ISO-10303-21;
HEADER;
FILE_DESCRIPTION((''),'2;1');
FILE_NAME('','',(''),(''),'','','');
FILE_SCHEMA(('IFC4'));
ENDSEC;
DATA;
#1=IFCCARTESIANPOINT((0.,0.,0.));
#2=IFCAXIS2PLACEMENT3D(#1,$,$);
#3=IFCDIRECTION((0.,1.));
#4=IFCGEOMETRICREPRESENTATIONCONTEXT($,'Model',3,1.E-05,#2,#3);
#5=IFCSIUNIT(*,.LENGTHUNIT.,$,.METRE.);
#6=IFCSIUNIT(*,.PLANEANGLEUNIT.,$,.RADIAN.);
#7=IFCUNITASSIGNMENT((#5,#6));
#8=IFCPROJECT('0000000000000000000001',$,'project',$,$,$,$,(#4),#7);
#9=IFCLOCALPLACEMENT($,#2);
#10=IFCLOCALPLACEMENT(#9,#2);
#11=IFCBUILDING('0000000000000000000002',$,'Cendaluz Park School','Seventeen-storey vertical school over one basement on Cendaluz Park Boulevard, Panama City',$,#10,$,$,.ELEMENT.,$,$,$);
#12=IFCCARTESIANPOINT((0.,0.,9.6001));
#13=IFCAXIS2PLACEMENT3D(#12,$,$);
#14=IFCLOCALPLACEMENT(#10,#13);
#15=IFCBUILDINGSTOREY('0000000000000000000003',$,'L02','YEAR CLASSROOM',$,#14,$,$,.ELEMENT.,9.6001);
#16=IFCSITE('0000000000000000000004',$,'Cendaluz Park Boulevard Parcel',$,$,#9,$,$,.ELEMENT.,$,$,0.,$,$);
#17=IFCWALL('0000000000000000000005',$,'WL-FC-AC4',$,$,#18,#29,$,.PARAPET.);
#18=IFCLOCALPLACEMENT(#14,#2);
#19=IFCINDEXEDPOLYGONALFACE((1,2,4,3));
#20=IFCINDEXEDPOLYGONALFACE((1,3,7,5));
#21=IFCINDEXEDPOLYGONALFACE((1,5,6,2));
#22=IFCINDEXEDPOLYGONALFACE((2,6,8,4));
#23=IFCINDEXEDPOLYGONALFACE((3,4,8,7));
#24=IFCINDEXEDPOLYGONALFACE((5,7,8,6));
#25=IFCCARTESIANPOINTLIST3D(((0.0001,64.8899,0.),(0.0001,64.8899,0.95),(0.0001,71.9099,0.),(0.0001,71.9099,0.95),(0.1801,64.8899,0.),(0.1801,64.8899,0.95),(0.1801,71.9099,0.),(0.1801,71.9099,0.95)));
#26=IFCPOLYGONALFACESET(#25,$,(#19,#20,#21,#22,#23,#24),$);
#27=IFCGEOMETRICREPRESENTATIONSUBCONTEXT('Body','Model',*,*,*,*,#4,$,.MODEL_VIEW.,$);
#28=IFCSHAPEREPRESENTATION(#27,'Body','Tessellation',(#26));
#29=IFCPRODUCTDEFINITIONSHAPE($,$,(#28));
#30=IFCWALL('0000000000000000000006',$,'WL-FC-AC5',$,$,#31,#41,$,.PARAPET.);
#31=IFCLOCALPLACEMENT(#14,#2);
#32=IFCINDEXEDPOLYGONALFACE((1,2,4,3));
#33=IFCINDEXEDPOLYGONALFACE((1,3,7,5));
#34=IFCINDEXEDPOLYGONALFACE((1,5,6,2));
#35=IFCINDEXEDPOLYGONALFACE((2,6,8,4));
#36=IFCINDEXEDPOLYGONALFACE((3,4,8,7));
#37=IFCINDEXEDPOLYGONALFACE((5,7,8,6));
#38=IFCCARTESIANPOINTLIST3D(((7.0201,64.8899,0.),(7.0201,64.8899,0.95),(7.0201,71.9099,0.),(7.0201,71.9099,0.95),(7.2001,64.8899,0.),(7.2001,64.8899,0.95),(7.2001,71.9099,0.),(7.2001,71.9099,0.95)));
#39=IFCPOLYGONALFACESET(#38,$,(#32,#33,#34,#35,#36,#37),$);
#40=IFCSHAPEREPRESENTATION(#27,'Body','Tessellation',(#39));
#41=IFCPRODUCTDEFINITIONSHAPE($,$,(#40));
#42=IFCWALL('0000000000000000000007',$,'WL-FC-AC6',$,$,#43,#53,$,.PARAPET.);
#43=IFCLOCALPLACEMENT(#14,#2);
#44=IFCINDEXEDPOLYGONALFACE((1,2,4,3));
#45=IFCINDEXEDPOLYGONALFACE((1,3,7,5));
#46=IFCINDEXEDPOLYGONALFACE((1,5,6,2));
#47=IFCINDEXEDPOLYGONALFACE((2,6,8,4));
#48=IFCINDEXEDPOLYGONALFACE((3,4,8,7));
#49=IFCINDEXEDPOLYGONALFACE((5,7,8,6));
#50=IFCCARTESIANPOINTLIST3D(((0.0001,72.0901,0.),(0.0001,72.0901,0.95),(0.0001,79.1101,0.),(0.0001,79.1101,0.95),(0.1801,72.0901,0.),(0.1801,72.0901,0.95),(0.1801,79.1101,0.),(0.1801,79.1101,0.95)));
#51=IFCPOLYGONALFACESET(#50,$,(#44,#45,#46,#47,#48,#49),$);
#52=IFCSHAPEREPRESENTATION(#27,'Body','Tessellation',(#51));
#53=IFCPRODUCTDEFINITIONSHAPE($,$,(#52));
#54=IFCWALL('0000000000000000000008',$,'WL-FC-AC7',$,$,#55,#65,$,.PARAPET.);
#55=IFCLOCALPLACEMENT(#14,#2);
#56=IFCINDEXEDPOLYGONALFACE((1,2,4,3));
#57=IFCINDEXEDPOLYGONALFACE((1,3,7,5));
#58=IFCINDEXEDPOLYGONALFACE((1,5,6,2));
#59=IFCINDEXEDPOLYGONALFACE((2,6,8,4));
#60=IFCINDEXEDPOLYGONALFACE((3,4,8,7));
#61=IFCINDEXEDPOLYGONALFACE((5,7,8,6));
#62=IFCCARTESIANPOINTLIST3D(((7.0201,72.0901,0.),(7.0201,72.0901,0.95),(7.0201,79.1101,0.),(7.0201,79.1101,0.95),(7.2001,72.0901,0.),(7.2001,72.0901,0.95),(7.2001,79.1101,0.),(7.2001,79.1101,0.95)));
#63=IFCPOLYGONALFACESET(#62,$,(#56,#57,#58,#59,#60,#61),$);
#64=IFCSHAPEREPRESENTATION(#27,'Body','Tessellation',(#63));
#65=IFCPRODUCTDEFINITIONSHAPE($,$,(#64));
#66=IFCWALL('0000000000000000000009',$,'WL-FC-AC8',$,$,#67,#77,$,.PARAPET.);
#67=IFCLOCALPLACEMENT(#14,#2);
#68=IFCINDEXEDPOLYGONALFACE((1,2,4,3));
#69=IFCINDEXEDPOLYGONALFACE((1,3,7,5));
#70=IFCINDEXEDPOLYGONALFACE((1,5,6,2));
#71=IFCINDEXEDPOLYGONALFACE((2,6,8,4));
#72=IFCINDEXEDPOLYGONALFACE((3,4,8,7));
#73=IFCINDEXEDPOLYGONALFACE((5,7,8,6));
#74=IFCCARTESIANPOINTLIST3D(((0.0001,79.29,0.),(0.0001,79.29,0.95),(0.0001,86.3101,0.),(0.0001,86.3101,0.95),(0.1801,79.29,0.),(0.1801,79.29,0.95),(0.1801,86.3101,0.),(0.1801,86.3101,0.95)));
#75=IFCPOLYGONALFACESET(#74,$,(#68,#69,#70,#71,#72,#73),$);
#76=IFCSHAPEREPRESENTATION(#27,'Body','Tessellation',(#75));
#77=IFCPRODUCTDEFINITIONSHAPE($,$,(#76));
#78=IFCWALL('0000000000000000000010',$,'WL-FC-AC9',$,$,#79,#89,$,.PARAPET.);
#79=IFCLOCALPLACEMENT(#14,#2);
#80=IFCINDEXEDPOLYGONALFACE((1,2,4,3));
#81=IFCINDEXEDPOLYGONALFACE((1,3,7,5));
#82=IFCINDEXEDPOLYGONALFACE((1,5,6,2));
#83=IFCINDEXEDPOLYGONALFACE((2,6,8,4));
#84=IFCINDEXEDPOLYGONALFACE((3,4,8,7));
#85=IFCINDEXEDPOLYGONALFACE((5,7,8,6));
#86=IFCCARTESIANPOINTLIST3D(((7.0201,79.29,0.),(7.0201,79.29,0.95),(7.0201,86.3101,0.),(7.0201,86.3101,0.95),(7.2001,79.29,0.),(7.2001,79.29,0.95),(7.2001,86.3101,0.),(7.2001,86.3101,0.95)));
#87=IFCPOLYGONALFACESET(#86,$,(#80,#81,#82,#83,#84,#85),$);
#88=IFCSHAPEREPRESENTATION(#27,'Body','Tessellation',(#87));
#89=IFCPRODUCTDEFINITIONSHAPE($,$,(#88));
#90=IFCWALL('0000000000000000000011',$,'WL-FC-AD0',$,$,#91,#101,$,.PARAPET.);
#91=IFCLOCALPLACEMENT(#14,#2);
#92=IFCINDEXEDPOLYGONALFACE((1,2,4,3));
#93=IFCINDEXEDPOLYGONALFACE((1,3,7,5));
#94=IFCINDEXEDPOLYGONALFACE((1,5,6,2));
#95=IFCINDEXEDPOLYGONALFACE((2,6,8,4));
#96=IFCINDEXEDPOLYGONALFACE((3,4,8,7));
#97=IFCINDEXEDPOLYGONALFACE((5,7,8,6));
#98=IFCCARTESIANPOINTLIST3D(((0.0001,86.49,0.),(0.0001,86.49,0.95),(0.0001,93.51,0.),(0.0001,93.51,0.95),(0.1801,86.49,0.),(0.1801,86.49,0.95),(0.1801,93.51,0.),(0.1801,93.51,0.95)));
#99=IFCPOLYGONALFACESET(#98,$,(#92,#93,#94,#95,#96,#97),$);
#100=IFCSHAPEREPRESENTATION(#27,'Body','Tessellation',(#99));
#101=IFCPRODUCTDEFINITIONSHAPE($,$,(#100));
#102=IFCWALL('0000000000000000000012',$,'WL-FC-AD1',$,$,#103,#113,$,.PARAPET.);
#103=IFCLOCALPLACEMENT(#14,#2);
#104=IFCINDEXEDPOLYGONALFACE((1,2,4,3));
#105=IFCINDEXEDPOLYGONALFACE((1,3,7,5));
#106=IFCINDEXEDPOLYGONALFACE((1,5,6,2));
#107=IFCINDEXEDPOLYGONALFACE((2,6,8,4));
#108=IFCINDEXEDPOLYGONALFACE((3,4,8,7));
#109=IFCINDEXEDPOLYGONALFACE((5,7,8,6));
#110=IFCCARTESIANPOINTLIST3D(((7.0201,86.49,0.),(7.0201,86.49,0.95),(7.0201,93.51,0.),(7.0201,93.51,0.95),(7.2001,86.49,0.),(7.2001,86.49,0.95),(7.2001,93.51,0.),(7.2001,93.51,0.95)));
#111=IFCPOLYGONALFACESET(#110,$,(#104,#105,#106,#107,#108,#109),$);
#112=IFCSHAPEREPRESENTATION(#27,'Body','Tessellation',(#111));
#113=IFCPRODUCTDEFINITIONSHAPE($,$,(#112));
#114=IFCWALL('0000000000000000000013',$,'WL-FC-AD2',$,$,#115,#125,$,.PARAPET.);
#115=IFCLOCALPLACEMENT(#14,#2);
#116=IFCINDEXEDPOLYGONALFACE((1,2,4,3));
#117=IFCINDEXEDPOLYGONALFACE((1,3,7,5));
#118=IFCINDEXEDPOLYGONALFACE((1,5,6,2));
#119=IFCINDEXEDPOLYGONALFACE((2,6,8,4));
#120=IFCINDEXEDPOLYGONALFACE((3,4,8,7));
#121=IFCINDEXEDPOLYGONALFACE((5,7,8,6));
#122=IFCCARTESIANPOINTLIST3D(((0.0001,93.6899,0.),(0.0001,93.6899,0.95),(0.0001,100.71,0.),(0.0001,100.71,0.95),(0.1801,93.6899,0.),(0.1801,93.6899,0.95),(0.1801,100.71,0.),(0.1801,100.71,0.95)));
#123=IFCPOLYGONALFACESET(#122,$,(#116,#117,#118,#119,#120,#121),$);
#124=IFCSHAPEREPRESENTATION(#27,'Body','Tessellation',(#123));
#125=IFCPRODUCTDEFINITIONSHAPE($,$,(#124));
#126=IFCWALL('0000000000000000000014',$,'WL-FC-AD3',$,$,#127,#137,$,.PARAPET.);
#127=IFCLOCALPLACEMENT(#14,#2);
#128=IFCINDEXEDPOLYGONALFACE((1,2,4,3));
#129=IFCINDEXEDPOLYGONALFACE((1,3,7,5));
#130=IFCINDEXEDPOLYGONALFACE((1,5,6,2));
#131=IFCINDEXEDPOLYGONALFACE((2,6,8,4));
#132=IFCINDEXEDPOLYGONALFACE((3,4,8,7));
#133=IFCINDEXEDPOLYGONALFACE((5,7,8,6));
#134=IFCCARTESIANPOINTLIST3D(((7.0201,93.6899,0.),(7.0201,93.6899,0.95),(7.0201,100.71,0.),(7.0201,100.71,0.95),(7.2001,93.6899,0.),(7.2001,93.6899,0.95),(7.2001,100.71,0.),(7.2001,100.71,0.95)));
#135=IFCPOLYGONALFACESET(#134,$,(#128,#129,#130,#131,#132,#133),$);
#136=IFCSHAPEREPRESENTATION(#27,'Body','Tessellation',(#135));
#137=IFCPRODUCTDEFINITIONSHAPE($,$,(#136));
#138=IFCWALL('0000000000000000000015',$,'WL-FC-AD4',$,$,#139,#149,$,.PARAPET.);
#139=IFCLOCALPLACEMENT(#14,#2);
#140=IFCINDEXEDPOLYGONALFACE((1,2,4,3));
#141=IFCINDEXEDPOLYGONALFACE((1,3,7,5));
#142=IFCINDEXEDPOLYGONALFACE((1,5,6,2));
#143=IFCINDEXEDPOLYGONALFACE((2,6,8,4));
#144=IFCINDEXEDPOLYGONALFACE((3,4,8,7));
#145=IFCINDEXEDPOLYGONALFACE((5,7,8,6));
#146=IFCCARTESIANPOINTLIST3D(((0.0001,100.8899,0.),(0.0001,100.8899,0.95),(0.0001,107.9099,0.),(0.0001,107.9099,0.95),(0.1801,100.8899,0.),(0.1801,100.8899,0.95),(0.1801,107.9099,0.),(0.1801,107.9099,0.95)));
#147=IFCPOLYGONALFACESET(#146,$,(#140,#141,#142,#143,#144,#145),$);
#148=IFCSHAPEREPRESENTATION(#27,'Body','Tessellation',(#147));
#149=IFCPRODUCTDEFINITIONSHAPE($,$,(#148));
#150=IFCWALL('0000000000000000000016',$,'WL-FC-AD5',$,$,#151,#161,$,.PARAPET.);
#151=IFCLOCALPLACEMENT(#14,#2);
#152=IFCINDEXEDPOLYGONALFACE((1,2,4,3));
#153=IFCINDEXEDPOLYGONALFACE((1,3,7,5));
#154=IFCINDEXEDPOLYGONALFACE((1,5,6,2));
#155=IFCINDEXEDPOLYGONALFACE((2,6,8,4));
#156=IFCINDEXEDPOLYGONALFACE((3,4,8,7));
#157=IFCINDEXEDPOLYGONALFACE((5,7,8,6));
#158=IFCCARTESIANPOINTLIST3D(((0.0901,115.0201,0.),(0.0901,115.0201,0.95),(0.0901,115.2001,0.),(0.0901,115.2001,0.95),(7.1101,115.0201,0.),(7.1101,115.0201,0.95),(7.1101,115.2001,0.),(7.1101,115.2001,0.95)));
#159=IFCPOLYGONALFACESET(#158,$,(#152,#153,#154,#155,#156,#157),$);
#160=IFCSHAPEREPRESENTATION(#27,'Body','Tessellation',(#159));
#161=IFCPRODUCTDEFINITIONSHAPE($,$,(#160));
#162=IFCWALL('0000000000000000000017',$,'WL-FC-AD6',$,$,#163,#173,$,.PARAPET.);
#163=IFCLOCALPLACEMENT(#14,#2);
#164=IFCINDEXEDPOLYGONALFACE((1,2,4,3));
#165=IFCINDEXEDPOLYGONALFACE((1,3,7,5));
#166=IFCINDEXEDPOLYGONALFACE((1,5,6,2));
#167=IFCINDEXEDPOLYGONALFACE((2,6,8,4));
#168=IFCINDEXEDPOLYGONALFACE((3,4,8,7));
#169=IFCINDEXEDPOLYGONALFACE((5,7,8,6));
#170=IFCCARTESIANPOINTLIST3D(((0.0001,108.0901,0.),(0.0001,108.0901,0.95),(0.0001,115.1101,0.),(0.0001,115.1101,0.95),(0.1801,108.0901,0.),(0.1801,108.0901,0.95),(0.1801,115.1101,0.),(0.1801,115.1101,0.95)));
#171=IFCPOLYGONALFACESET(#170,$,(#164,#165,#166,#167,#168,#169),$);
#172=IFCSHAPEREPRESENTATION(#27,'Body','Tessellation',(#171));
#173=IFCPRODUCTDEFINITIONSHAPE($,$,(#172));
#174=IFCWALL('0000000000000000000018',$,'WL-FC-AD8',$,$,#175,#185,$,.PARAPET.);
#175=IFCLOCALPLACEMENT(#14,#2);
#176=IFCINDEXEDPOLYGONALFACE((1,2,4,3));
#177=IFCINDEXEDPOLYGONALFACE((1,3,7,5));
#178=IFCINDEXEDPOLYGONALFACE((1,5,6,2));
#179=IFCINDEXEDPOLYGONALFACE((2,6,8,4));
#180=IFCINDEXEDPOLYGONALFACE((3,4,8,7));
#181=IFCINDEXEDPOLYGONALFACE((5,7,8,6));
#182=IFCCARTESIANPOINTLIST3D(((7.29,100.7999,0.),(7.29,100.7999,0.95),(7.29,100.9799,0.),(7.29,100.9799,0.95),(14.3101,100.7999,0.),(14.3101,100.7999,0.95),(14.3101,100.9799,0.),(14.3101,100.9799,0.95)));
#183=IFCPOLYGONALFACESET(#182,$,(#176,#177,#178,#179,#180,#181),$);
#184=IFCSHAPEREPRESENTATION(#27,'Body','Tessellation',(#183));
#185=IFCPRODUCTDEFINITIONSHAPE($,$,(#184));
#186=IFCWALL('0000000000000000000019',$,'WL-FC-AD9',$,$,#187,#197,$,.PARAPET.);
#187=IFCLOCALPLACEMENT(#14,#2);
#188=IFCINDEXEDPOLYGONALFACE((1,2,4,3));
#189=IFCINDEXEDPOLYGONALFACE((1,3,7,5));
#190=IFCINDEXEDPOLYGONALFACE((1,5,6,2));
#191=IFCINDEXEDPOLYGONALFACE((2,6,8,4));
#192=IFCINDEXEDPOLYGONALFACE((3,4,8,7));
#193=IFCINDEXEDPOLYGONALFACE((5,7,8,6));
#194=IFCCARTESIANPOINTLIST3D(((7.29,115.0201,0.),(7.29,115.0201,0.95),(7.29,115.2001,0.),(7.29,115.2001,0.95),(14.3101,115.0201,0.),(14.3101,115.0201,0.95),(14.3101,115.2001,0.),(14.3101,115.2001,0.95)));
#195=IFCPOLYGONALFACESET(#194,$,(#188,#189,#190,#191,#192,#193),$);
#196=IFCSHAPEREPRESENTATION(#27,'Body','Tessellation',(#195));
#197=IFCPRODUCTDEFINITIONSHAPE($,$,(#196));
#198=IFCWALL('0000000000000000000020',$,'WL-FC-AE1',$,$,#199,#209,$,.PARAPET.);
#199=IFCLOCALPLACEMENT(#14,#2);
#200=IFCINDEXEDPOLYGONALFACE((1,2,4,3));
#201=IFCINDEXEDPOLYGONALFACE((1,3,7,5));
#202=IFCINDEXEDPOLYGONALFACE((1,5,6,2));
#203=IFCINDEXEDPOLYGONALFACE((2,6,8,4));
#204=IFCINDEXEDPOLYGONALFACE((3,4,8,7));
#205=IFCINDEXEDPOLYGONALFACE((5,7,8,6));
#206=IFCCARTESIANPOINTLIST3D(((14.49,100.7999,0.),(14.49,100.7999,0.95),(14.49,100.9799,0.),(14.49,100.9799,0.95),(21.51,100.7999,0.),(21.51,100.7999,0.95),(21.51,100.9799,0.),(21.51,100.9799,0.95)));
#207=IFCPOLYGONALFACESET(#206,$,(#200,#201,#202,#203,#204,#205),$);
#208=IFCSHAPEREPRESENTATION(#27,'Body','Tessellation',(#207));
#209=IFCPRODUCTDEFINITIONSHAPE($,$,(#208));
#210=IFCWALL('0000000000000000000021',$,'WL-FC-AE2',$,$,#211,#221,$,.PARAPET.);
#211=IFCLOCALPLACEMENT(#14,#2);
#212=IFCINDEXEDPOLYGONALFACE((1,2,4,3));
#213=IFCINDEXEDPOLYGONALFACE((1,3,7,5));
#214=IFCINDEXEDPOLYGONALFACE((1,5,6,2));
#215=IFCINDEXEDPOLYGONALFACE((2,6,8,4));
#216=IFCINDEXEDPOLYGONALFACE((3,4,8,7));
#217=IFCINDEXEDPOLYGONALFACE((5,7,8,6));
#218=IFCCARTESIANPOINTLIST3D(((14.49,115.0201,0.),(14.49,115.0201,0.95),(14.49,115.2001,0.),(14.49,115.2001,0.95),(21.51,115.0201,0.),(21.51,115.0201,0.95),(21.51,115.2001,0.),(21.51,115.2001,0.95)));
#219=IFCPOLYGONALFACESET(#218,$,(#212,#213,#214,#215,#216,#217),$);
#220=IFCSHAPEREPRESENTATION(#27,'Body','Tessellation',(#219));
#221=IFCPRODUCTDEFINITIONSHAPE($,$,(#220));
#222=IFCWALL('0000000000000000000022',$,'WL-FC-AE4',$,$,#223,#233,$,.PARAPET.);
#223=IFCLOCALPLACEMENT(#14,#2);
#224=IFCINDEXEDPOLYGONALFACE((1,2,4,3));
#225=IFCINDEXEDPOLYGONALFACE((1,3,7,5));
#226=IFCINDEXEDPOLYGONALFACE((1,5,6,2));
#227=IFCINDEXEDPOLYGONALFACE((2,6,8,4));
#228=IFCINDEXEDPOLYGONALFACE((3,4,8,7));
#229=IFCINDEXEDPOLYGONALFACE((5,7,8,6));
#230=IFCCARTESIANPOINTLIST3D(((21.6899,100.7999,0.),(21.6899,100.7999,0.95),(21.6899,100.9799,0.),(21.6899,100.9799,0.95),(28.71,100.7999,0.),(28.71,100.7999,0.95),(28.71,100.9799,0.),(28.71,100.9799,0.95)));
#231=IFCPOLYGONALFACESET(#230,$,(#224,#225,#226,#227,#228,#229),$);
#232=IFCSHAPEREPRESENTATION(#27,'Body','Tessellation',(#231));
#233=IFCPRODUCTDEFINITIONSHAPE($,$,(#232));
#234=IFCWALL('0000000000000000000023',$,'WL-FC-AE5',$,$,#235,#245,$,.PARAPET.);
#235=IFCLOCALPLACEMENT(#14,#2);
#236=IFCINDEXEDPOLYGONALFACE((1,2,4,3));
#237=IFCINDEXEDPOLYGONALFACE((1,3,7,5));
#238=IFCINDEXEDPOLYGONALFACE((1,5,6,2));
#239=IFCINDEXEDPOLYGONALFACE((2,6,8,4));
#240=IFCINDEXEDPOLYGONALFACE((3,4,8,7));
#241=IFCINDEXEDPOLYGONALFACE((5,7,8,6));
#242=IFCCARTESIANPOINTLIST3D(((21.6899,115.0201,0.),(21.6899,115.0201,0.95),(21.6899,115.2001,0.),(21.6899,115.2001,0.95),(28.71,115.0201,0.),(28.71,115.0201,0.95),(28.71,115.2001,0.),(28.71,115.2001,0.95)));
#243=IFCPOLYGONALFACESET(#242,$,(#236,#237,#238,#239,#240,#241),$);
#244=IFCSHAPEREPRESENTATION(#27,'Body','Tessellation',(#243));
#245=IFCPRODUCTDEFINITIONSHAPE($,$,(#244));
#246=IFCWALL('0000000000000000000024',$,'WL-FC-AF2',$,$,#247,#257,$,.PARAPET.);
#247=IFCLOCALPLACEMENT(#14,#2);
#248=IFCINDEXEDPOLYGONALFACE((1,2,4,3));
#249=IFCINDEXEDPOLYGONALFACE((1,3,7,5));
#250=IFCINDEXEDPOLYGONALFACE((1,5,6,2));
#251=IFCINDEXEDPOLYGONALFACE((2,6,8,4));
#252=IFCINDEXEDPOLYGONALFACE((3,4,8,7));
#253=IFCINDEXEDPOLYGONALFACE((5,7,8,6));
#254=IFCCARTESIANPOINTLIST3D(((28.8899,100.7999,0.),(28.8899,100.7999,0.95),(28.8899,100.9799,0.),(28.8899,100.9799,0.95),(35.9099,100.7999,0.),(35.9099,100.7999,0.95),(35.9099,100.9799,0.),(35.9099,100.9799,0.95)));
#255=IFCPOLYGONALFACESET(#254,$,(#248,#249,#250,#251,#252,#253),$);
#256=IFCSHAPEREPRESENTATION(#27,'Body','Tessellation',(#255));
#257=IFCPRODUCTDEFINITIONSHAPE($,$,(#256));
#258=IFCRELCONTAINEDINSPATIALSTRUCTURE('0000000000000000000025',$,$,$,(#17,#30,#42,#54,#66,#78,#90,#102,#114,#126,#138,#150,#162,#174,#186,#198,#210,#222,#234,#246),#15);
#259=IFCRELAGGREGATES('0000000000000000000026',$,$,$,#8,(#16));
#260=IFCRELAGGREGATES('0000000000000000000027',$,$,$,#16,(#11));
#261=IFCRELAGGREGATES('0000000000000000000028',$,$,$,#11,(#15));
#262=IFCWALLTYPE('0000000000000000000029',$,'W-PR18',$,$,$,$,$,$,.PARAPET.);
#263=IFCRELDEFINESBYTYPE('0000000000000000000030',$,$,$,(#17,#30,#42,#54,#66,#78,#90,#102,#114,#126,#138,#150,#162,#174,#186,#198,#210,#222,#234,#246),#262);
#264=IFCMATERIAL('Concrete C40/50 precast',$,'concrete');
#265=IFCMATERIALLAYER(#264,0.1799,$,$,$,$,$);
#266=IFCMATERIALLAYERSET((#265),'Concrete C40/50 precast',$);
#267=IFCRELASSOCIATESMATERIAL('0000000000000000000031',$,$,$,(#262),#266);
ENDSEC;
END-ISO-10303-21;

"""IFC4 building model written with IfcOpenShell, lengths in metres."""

from ifc_helpers import new_model, si_unit, direction, frame, frame_2d, origin, place, context, subcontext, project, spatial, rectangle, extrude, material, layer, layer_set, type_object, element, save


model = new_model("IFC4")

# Units and contexts
model_context = context("Model", 3, precision=1e-05, world=origin(), true_north=direction((0.0, 1.0)))
body_context = subcontext(model_context, "Body", "Model", "MODEL_VIEW")
ifc_project = project(units=[si_unit("LENGTHUNIT", "METRE"), si_unit("PLANEANGLEUNIT", "RADIAN")], contexts=[model_context])

# Site, building, storey
site_placement = place(None, origin())
site = spatial("IfcSite", under=ifc_project, at=site_placement, Name="Cendaluz Park Boulevard Parcel", CompositionType="ELEMENT", RefElevation=0.0)
building_placement = place(site_placement, origin())
building = spatial("IfcBuilding", under=site, at=building_placement, Name="Cendaluz Park School", Description="Seventeen-storey vertical school over one basement on Cendaluz Park Boulevard, Panama City", CompositionType="ELEMENT")
storey_placement = place(building_placement, frame((0.0, 0.0, 9.6001)))
storey = spatial("IfcBuildingStorey", under=building, at=storey_placement, Name="L02", Description="YEAR CLASSROOM", CompositionType="ELEMENT", Elevation=9.6001)

# Walls
ifc_material = material(Name="Concrete C40/50 precast", Category="concrete")
ifc_layer = layer(ifc_material, 0.1799)
ifc_layer_set = layer_set([ifc_layer], Name="Concrete C40/50 precast")
wall_type = type_object("IfcWallType", Name="W-PR18", PredefinedType="PARAPET", material=ifc_layer_set)
for number, where, z_axis, x_axis, name in (
    (1, (0.0901, 64.8899, 0.0), (0.0, 0.0, 1.0), (0.0, 1.0, 0.0), "WL-FC-AC4"),
    (2, (7.1101, 64.8899, 0.0), (0.0, 0.0, 1.0), (0.0, 1.0, 0.0), "WL-FC-AC5"),
    (3, (0.0901, 72.0901, 0.0), (0.0, 0.0, 1.0), (0.0, 1.0, 0.0), "WL-FC-AC6"),
    (4, (7.1101, 72.0901, 0.0), (0.0, 0.0, 1.0), (0.0, 1.0, 0.0), "WL-FC-AC7"),
    (5, (0.0901, 79.29, 0.0), (0.0, 0.0, 1.0), (0.0, 1.0, 0.0), "WL-FC-AC8"),
    (6, (7.1101, 79.29, 0.0), (0.0, 0.0, 1.0), (0.0, 1.0, 0.0), "WL-FC-AC9"),
    (7, (0.0901, 86.49, 0.0), (0.0, 0.0, 1.0), (0.0, 1.0, 0.0), "WL-FC-AD0"),
    (8, (7.1101, 86.49, 0.0), (0.0, 0.0, 1.0), (0.0, 1.0, 0.0), "WL-FC-AD1"),
    (9, (0.0901, 93.6899, 0.0), (0.0, 0.0, 1.0), (0.0, 1.0, 0.0), "WL-FC-AD2"),
    (10, (7.1101, 93.6899, 0.0), (0.0, 0.0, 1.0), (0.0, 1.0, 0.0), "WL-FC-AD3"),
    (11, (0.0901, 100.8899, 0.0), (0.0, 0.0, 1.0), (0.0, 1.0, 0.0), "WL-FC-AD4"),
    (12, (0.0901, 115.1101, 0.0), (0.0, 0.0, 1.0), (1.0, 0.0, 0.0), "WL-FC-AD5"),
    (13, (0.0901, 108.0901, 0.0), (0.0, 0.0, 1.0), (0.0, 1.0, 0.0), "WL-FC-AD6"),
    (14, (7.29, 100.8899, 0.0), (0.0, 0.0, 1.0), (1.0, 0.0, 0.0), "WL-FC-AD8"),
    (15, (7.29, 115.1101, 0.0), (0.0, 0.0, 1.0), (1.0, 0.0, 0.0), "WL-FC-AD9"),
    (16, (14.49, 100.8899, 0.0), (0.0, 0.0, 1.0), (1.0, 0.0, 0.0), "WL-FC-AE1"),
    (17, (14.49, 115.1101, 0.0), (0.0, 0.0, 1.0), (1.0, 0.0, 0.0), "WL-FC-AE2"),
    (18, (21.6899, 100.8899, 0.0), (0.0, 0.0, 1.0), (1.0, 0.0, 0.0), "WL-FC-AE4"),
    (19, (21.6899, 115.1101, 0.0), (0.0, 0.0, 1.0), (1.0, 0.0, 0.0), "WL-FC-AE5"),
    (20, (28.8899, 100.8899, 0.0), (0.0, 0.0, 1.0), (1.0, 0.0, 0.0), "WL-FC-AF2"),
):
    element("IfcWall", number, at=place(storey_placement, frame(where, z_axis=z_axis, x_axis=x_axis)), inside=storey, type_object=wall_type, Name=name, PredefinedType="PARAPET", context=body_context, shape_type="SweptSolid", body=[
        extrude(rectangle(XDim=7.02, YDim=0.1799, at=frame_2d((3.51, 0.0))), origin(), (0.0, 0.0, 1.0), 0.95),
    ])

save(model, "model.ifc")
